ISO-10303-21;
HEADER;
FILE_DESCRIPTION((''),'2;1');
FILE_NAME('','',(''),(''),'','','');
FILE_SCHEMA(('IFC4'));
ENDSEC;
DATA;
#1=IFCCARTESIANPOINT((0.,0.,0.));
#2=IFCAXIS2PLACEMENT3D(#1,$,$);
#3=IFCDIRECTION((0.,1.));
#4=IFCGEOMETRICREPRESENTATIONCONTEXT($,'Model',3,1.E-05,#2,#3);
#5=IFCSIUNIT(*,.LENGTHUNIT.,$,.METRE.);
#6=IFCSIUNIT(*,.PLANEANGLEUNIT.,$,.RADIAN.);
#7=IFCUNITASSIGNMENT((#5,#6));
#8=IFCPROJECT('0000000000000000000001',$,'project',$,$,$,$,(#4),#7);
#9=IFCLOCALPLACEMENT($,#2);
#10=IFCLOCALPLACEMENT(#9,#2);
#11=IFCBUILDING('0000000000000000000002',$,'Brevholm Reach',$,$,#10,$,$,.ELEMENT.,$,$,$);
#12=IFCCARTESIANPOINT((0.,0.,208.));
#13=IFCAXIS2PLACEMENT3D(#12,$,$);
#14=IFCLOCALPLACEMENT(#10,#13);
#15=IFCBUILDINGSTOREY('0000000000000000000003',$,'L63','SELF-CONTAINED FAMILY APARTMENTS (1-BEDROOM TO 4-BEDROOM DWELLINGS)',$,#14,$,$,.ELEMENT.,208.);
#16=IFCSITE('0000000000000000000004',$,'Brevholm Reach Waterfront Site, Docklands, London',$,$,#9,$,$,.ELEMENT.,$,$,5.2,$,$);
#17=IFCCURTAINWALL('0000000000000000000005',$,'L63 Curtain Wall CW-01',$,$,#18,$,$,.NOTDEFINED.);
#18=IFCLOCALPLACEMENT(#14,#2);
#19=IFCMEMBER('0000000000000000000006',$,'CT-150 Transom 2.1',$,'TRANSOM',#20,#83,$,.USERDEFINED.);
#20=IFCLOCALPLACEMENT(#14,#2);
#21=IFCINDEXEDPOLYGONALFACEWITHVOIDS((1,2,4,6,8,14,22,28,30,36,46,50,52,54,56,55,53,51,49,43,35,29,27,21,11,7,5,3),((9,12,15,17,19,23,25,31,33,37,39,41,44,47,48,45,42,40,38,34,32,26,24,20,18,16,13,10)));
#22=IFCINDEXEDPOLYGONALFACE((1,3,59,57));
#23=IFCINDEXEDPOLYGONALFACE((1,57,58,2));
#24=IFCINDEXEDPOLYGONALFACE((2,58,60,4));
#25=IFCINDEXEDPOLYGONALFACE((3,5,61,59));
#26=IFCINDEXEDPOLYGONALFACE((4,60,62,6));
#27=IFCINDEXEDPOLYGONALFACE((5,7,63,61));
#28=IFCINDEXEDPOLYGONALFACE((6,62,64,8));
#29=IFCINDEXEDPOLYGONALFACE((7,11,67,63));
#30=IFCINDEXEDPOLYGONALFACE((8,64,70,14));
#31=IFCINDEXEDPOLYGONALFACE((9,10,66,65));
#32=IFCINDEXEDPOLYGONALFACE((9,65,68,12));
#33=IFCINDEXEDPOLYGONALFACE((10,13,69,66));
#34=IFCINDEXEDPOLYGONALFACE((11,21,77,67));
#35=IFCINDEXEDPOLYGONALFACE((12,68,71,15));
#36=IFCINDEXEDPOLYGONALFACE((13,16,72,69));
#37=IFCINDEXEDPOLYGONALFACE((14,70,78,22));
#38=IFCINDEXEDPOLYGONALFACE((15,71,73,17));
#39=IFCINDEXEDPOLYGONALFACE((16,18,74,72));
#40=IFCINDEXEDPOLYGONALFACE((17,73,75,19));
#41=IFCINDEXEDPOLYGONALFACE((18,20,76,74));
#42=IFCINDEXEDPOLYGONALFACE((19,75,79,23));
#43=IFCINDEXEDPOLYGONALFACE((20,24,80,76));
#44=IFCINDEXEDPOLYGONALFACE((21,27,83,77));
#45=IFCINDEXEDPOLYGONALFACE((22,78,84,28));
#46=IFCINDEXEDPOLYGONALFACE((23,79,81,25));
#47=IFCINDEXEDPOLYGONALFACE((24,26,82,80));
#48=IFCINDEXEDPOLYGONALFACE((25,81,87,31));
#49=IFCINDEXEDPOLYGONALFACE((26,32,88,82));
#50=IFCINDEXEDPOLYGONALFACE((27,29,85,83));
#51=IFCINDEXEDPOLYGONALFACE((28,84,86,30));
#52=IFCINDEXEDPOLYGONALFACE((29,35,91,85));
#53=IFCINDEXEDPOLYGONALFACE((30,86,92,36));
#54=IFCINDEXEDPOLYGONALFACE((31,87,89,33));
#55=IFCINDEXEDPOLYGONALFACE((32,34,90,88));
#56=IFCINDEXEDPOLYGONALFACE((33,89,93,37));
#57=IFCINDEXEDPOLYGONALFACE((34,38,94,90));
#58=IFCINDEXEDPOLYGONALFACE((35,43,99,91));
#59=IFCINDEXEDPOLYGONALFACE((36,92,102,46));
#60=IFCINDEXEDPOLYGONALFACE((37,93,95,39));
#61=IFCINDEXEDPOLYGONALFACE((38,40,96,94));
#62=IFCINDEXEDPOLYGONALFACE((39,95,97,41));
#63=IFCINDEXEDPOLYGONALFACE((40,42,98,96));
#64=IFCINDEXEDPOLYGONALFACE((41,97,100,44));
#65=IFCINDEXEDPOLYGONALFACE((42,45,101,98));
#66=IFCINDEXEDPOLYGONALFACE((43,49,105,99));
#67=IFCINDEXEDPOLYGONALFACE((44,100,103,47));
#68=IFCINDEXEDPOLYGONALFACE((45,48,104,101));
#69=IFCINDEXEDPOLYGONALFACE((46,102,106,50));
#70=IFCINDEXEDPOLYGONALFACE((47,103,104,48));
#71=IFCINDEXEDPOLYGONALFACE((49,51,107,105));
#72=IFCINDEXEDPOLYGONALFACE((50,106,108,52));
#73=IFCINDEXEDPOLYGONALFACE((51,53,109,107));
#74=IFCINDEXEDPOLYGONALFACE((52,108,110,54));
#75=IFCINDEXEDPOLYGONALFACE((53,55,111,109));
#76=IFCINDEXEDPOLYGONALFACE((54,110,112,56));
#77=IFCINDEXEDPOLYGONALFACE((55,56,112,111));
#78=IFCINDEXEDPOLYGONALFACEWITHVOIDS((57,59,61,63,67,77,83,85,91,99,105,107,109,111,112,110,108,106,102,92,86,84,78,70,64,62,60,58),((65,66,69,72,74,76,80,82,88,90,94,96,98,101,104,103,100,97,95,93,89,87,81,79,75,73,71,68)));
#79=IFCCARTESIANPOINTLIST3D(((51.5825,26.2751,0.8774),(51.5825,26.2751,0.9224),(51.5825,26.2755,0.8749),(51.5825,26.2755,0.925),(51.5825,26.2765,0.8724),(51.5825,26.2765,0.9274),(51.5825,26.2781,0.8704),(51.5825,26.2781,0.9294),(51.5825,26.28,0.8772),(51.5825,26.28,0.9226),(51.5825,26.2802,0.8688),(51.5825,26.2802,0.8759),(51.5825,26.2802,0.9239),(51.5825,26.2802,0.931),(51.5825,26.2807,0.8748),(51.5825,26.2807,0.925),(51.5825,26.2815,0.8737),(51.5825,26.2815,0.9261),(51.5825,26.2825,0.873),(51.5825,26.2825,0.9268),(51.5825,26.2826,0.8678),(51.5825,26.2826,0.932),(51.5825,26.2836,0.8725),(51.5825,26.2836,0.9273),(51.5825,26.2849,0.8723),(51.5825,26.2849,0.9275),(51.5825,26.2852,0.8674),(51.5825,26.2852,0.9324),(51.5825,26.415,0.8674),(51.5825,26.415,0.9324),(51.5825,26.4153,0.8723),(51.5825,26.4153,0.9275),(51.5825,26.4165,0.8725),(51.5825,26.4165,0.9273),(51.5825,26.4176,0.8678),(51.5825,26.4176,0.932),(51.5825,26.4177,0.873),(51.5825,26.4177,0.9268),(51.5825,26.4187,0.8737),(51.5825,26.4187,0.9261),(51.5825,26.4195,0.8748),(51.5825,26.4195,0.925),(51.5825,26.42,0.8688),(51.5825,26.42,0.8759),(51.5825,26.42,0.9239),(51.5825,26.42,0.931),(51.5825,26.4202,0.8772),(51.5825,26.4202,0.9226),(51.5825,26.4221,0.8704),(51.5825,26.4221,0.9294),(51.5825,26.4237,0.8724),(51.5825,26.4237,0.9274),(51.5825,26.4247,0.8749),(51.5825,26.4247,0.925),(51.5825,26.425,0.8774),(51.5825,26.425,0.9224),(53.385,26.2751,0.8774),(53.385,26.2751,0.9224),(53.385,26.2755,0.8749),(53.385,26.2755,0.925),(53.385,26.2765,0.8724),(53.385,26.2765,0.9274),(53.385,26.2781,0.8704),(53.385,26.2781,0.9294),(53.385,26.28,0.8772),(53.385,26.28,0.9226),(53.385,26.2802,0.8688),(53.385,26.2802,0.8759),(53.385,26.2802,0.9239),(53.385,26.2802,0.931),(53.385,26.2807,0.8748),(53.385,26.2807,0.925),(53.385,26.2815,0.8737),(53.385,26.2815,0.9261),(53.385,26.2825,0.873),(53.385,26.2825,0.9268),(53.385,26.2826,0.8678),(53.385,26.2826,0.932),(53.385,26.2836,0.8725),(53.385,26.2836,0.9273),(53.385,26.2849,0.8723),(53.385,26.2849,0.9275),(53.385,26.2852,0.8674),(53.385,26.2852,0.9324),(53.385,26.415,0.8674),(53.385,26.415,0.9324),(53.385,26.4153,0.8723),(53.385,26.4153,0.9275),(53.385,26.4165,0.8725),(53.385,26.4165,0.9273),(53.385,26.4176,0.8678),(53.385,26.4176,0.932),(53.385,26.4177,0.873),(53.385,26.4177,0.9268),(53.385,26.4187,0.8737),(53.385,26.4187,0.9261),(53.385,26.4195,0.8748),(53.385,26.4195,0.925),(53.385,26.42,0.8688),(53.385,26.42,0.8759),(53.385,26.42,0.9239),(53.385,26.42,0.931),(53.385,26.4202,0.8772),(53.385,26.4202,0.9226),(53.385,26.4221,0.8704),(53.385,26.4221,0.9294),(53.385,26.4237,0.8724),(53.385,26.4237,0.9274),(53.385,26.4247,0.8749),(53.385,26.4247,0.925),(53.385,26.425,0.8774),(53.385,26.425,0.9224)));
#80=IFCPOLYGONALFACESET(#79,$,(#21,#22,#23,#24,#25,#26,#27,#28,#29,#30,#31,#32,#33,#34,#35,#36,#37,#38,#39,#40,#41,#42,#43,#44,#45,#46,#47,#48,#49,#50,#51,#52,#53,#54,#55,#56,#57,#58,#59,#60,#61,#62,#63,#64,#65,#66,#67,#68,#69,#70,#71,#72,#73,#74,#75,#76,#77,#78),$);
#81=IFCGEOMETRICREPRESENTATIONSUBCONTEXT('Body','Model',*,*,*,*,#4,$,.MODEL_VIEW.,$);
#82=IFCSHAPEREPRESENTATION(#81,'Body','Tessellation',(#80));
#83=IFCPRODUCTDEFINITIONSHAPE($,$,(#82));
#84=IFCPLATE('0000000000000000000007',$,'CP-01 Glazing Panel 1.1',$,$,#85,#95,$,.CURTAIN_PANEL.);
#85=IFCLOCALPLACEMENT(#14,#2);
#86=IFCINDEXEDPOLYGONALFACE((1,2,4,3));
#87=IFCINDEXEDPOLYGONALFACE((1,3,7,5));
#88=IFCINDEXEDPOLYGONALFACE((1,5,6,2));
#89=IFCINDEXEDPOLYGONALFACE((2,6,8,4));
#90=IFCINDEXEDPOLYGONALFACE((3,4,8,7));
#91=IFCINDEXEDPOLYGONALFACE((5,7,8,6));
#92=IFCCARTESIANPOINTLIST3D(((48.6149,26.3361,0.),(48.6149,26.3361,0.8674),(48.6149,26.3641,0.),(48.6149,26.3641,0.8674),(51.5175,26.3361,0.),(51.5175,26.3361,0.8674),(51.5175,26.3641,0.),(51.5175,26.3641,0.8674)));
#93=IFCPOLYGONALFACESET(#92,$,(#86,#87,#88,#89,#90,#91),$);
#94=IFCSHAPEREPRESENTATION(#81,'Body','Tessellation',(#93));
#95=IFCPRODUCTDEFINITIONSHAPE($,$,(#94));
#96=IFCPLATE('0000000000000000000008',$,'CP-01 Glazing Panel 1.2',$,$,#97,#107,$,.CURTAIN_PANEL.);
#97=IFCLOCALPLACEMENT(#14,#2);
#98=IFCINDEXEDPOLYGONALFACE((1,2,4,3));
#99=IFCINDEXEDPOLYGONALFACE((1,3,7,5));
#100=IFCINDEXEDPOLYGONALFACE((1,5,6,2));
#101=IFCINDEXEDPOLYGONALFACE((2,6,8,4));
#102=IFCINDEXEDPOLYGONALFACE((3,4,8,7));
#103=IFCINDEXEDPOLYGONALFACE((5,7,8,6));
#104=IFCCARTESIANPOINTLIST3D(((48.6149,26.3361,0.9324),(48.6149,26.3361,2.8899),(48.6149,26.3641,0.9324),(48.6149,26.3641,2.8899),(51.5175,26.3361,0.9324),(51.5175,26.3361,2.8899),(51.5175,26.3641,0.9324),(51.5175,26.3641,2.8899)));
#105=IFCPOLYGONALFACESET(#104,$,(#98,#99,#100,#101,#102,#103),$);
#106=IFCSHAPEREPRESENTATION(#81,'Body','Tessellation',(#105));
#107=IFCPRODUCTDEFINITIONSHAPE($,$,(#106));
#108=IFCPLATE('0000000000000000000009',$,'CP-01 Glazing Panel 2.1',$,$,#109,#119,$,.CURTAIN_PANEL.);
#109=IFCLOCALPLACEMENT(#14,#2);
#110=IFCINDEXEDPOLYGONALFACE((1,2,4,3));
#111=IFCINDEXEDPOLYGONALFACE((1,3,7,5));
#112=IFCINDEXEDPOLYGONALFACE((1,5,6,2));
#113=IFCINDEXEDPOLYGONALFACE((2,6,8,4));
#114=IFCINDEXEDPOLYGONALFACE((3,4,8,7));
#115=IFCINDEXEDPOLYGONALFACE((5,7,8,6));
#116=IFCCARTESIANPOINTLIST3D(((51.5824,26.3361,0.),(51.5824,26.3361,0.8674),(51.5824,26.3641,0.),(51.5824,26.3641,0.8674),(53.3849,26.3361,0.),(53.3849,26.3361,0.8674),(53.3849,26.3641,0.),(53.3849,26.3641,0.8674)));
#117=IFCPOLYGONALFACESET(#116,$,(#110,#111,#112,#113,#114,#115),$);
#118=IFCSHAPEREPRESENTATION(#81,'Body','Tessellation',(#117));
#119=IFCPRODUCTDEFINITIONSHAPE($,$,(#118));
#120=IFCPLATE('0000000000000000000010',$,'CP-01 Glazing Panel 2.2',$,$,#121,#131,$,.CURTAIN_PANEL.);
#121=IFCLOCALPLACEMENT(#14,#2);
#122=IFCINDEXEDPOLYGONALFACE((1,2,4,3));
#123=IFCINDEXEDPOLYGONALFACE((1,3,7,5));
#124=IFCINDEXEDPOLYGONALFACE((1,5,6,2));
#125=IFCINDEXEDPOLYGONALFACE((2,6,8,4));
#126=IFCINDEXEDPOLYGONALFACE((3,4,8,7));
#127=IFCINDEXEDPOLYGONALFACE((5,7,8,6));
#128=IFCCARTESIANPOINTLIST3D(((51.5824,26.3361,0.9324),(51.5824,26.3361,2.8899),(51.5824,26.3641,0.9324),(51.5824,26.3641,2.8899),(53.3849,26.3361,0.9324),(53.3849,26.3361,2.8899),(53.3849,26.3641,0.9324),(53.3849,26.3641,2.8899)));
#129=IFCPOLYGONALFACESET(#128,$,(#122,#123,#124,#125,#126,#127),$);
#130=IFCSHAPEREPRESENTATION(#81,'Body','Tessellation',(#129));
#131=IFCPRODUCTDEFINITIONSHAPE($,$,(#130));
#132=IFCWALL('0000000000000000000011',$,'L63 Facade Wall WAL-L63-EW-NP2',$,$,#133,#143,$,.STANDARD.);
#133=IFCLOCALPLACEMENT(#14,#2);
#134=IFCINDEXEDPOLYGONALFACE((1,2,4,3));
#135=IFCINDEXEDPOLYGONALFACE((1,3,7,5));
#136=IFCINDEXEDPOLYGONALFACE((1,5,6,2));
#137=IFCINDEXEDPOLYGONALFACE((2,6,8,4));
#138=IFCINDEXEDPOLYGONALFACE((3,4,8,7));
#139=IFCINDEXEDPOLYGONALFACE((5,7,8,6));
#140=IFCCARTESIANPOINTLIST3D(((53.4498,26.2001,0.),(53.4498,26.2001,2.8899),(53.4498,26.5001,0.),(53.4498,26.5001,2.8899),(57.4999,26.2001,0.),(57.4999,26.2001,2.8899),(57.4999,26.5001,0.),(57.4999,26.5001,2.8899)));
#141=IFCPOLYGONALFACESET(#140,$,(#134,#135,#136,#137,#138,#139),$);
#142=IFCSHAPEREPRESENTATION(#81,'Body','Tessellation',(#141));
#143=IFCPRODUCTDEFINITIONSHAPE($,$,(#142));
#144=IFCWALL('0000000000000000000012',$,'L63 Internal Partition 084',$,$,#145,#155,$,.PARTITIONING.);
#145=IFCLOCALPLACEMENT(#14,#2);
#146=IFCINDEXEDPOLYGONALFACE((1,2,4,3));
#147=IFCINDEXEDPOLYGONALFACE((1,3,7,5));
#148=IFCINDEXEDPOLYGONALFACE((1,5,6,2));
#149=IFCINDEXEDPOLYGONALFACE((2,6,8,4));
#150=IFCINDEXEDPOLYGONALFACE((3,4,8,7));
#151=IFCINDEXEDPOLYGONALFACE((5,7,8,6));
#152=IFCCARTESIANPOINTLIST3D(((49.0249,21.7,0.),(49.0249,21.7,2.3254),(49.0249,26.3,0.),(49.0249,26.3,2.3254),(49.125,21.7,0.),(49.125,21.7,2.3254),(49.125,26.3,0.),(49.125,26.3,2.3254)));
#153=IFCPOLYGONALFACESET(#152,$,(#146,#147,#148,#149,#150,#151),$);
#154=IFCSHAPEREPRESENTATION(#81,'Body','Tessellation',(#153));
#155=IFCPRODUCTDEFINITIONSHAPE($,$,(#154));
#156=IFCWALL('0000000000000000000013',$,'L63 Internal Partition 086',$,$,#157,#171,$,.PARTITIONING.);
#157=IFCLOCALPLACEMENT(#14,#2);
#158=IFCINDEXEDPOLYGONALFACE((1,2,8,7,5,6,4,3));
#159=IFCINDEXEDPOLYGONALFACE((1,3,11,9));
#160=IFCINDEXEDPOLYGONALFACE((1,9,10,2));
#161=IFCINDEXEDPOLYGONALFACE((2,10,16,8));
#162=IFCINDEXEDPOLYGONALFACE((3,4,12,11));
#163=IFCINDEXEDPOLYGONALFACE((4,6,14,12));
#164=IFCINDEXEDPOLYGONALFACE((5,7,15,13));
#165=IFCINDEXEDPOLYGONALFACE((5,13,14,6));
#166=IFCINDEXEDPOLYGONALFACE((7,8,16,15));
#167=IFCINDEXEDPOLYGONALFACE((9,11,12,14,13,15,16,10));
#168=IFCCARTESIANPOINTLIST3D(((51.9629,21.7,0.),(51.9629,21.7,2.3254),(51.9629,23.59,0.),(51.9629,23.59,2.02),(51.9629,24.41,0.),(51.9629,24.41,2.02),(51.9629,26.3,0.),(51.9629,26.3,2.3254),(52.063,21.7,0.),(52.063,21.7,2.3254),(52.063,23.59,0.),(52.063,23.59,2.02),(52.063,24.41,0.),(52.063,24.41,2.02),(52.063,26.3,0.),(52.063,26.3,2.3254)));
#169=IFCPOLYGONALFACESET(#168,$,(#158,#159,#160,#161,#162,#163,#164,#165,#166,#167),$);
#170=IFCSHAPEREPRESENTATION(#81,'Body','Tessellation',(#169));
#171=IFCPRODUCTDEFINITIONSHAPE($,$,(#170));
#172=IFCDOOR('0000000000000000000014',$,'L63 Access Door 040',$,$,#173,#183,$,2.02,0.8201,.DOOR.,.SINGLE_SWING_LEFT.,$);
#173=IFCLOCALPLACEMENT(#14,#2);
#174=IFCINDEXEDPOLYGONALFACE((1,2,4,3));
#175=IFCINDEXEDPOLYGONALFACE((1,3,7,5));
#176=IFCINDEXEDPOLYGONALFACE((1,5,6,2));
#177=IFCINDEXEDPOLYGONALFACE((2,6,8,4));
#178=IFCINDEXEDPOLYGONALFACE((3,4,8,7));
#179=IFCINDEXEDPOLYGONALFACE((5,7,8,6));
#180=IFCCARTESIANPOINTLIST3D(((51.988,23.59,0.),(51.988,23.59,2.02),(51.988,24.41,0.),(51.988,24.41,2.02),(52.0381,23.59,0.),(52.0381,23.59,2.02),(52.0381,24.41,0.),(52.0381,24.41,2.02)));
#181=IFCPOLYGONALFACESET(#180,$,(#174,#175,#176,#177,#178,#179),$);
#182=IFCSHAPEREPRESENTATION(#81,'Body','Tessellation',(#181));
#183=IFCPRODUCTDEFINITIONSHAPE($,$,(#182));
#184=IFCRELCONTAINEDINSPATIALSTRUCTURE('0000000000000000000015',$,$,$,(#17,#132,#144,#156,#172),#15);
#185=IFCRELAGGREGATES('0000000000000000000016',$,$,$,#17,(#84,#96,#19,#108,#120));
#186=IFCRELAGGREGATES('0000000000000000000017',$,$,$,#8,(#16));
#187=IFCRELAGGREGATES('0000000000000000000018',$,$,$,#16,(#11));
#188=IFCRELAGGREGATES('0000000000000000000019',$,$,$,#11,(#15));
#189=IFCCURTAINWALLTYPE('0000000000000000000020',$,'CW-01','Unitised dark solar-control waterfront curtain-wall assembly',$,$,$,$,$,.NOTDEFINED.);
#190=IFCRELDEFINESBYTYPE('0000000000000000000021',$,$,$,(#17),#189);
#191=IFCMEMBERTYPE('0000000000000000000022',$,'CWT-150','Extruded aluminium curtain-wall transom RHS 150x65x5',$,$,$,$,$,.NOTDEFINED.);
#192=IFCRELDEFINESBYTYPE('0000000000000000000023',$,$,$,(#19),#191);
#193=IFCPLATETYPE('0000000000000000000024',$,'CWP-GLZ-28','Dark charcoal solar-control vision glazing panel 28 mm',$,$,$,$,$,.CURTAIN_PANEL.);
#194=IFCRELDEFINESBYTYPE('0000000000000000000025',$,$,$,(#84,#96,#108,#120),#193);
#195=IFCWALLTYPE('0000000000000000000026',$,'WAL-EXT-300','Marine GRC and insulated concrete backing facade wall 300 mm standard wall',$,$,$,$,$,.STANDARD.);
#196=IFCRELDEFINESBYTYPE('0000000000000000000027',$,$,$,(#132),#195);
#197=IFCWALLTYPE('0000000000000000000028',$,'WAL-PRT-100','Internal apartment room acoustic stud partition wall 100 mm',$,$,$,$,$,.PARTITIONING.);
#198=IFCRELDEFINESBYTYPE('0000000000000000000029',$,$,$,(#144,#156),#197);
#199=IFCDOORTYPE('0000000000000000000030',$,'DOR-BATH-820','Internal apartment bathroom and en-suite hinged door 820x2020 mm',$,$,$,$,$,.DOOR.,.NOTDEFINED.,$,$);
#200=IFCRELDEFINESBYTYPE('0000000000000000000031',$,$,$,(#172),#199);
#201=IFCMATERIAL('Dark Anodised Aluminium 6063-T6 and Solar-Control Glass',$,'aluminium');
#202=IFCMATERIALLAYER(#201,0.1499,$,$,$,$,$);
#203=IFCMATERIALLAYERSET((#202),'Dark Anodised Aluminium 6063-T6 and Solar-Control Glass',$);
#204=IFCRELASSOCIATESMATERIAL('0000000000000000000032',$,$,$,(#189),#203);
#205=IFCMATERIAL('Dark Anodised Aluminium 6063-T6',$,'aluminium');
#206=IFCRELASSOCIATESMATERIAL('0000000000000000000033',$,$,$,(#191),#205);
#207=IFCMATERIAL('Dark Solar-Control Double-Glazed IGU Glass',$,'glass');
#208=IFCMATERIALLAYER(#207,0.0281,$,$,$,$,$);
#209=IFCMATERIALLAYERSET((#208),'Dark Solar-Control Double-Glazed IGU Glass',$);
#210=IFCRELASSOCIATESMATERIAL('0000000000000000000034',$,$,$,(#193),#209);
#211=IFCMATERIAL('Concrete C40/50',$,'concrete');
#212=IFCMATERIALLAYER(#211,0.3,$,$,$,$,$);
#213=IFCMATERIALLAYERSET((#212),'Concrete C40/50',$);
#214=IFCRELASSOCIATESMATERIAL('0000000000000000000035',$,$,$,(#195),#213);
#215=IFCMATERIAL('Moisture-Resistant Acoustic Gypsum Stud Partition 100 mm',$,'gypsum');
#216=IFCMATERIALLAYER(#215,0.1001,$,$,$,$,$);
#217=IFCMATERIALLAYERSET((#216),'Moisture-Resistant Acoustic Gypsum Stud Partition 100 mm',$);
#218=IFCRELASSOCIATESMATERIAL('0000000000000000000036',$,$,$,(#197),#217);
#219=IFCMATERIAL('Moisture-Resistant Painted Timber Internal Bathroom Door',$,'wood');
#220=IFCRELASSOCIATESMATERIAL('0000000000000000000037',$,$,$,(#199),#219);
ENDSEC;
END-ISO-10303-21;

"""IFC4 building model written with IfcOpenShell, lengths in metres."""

from ifc_helpers import new_model, si_unit, direction, frame, frame_2d, origin, origin_2d, place, context, subcontext, project, spatial, rectangle, hollow_rectangle, extrude, material, layer, layer_set, material_profile, profile_set, type_object, element, fill, aggregate, save


model = new_model("IFC4")

# Units and contexts
model_context = context("Model", 3, precision=1e-05, world=origin(), true_north=direction((0.0, 1.0)))
body_context = subcontext(model_context, "Body", "Model", "MODEL_VIEW")
ifc_project = project(units=[si_unit("LENGTHUNIT", "METRE"), si_unit("PLANEANGLEUNIT", "RADIAN")], contexts=[model_context])

# Site, building, storey
site_placement = place(None, origin())
site = spatial("IfcSite", under=ifc_project, at=site_placement, Name="Brevholm Reach Waterfront Site, Docklands, London", CompositionType="ELEMENT", RefElevation=5.2)
building_placement = place(site_placement, origin())
building = spatial("IfcBuilding", under=site, at=building_placement, Name="Brevholm Reach", CompositionType="ELEMENT")
storey_placement = place(building_placement, frame((0.0, 0.0, 208.0)))
storey = spatial("IfcBuildingStorey", under=building, at=storey_placement, Name="L63", Description="SELF-CONTAINED FAMILY APARTMENTS (1-BEDROOM TO 4-BEDROOM DWELLINGS)", CompositionType="ELEMENT", Elevation=208.0)

# Curtain wall, member, plates
ifc_material_1 = material(Name="Dark Anodised Aluminium 6063-T6 and Solar-Control Glass", Category="aluminium")
ifc_layer_1 = layer(ifc_material_1, 0.1499)
ifc_layer_set_1 = layer_set([ifc_layer_1], Name="Dark Anodised Aluminium 6063-T6 and Solar-Control Glass")
curtain_wall_type = type_object("IfcCurtainWallType", Name="CW-01", Description="Unitised dark solar-control waterfront curtain-wall assembly", PredefinedType="NOTDEFINED", material=ifc_layer_set_1)
curtain_wall_placement = place(storey_placement, origin())
curtain_wall = element("IfcCurtainWall", 1, at=curtain_wall_placement, inside=storey, type_object=curtain_wall_type, Name="L63 Curtain Wall CW-01", PredefinedType="NOTDEFINED")
ifc_material_2 = material(Name="Dark Anodised Aluminium 6063-T6", Category="aluminium")
ifc_material_profile_1 = material_profile(ifc_material_2, hollow_rectangle(XDim=0.0649, YDim=0.1499, WallThickness=0.0049, InnerFilletRadius=0.0049, OuterFilletRadius=0.01, at=origin_2d()), Name="RHS 150x65x5")
ifc_profile_set_1 = profile_set([ifc_material_profile_1], Name="Dark Anodised Aluminium 6063-T6")
member_type_1 = type_object("IfcMemberType", Name="CWT-150", Description="Extruded aluminium curtain-wall transom RHS 150x65x5", PredefinedType="NOTDEFINED", material=ifc_profile_set_1)
member_1_placement = place(storey_placement, frame((51.5825, 26.3501, 0.8999), z_axis=(1.0, 0.0, 0.0), x_axis=(0.0, 0.0, 1.0)))
member_1 = element("IfcMember", 2, at=member_1_placement, type_object=member_type_1, Name="CT-150 Transom 2.1", ObjectType="TRANSOM", PredefinedType="USERDEFINED", context=body_context, shape_type="SweptSolid", body=[
    extrude(hollow_rectangle(XDim=0.0649, YDim=0.1499, WallThickness=0.0049, InnerFilletRadius=0.0049, OuterFilletRadius=0.01, at=origin_2d()), origin(), (0.0, 0.0, 1.0), 1.8025),
])
ifc_material_3 = material(Name="Dark Solar-Control Double-Glazed IGU Glass", Category="glass")
ifc_layer_2 = layer(ifc_material_3, 0.0281)
ifc_layer_set_2 = layer_set([ifc_layer_2], Name="Dark Solar-Control Double-Glazed IGU Glass")
plate_type = type_object("IfcPlateType", Name="CWP-GLZ-28", Description="Dark charcoal solar-control vision glazing panel 28 mm", PredefinedType="CURTAIN_PANEL", material=ifc_layer_set_2)
plate_1_placement = place(storey_placement, frame((50.0662, 26.3501, 0.0), z_axis=(0.0, 0.0, 1.0), x_axis=(1.0, 0.0, 0.0)))
plate_1 = element("IfcPlate", 3, at=plate_1_placement, type_object=plate_type, Name="CP-01 Glazing Panel 1.1", PredefinedType="CURTAIN_PANEL", context=body_context, shape_type="SweptSolid", body=[
    extrude(rectangle(XDim=2.9026, YDim=0.0281, at=origin_2d()), origin(), (0.0, 0.0, 1.0), 0.8674),
])
plate_2_placement = place(storey_placement, frame((50.0662, 26.3501, 0.9324), z_axis=(0.0, 0.0, 1.0), x_axis=(1.0, 0.0, 0.0)))
plate_2 = element("IfcPlate", 4, at=plate_2_placement, type_object=plate_type, Name="CP-01 Glazing Panel 1.2", PredefinedType="CURTAIN_PANEL", context=body_context, shape_type="SweptSolid", body=[
    extrude(rectangle(XDim=2.9026, YDim=0.0281, at=origin_2d()), origin(), (0.0, 0.0, 1.0), 1.9575),
])
plate_3_placement = place(storey_placement, frame((52.4836, 26.3501, 0.0), z_axis=(0.0, 0.0, 1.0), x_axis=(1.0, 0.0, 0.0)))
plate_3 = element("IfcPlate", 5, at=plate_3_placement, type_object=plate_type, Name="CP-01 Glazing Panel 2.1", PredefinedType="CURTAIN_PANEL", context=body_context, shape_type="SweptSolid", body=[
    extrude(rectangle(XDim=1.8025, YDim=0.0281, at=origin_2d()), origin(), (0.0, 0.0, 1.0), 0.8674),
])
plate_4_placement = place(storey_placement, frame((52.4836, 26.3501, 0.9324), z_axis=(0.0, 0.0, 1.0), x_axis=(1.0, 0.0, 0.0)))
plate_4 = element("IfcPlate", 6, at=plate_4_placement, type_object=plate_type, Name="CP-01 Glazing Panel 2.2", PredefinedType="CURTAIN_PANEL", context=body_context, shape_type="SweptSolid", body=[
    extrude(rectangle(XDim=1.8025, YDim=0.0281, at=origin_2d()), origin(), (0.0, 0.0, 1.0), 1.9575),
])
aggregate(curtain_wall, [plate_1, plate_2, member_1, plate_3, plate_4])

# Walls
ifc_material_4 = material(Name="Concrete C40/50", Category="concrete")
ifc_layer_3 = layer(ifc_material_4, 0.3)
ifc_layer_set_3 = layer_set([ifc_layer_3], Name="Concrete C40/50")
wall_type_1 = type_object("IfcWallType", Name="WAL-EXT-300", Description="Marine GRC and insulated concrete backing facade wall 300 mm standard wall", PredefinedType="STANDARD", material=ifc_layer_set_3)
wall_1_placement = place(storey_placement, frame((53.45, 26.3501, 0.0), z_axis=(0.0, 0.0, 1.0), x_axis=(1.0, 0.0, 0.0)))
element("IfcWall", 7, at=wall_1_placement, inside=storey, type_object=wall_type_1, Name="L63 Facade Wall WAL-L63-EW-NP2", PredefinedType="STANDARD", context=body_context, shape_type="SweptSolid", body=[
    extrude(rectangle(XDim=4.05, YDim=0.3, at=frame_2d((2.0249, 0.0))), origin(), (0.0, 0.0, 1.0), 2.8899),
])
ifc_material_5 = material(Name="Moisture-Resistant Acoustic Gypsum Stud Partition 100 mm", Category="gypsum")
ifc_layer_4 = layer(ifc_material_5, 0.1001)
ifc_layer_set_4 = layer_set([ifc_layer_4], Name="Moisture-Resistant Acoustic Gypsum Stud Partition 100 mm")
wall_type_2 = type_object("IfcWallType", Name="WAL-PRT-100", Description="Internal apartment room acoustic stud partition wall 100 mm", PredefinedType="PARTITIONING", material=ifc_layer_set_4)
wall_2_placement = place(storey_placement, frame((49.075, 21.7, 0.0), z_axis=(0.0, 0.0, 1.0), x_axis=(0.0, 1.0, 0.0)))
element("IfcWall", 8, at=wall_2_placement, inside=storey, type_object=wall_type_2, Name="L63 Internal Partition 084", PredefinedType="PARTITIONING", context=body_context, shape_type="SweptSolid", body=[
    extrude(rectangle(XDim=4.6001, YDim=0.1001, at=frame_2d((2.3, 0.0))), origin(), (0.0, 0.0, 1.0), 2.3254),
])

# Wall, opening, door
wall_3_placement = place(storey_placement, frame((52.0129, 21.7, 0.0), z_axis=(0.0, 0.0, 1.0), x_axis=(0.0, 1.0, 0.0)))
wall_3 = element("IfcWall", 9, at=wall_3_placement, inside=storey, type_object=wall_type_2, Name="L63 Internal Partition 086", PredefinedType="PARTITIONING", context=body_context, shape_type="SweptSolid", body=[
    extrude(rectangle(XDim=4.6001, YDim=0.1001, at=frame_2d((2.3, 0.0))), origin(), (0.0, 0.0, 1.0), 2.3254),
])
opening_1_placement = place(wall_3_placement, frame((1.8899, 0.0, 0.0)))
opening_1 = element("IfcOpeningElement", 10, at=opening_1_placement, cuts=wall_3, PredefinedType="OPENING", context=body_context, shape_type="SweptSolid", body=[
    extrude(rectangle(XDim=0.8201, YDim=2.02, at=frame_2d((0.4102, 1.01))), frame((0.0, 0.0601, 0.0), z_axis=(0.0, -1.0, 0.0), x_axis=(1.0, 0.0, 0.0)), (0.0, 0.0, 1.0), 0.1201),
])
ifc_material_6 = material(Name="Moisture-Resistant Painted Timber Internal Bathroom Door", Category="wood")
door_type_1 = type_object("IfcDoorType", Name="DOR-BATH-820", Description="Internal apartment bathroom and en-suite hinged door 820x2020 mm", OperationType="NOTDEFINED", PredefinedType="DOOR", material=ifc_material_6)
door_1_placement = place(opening_1_placement, origin())
door_1 = element("IfcDoor", 11, at=door_1_placement, inside=storey, type_object=door_type_1, Name="L63 Access Door 040", OperationType="SINGLE_SWING_LEFT", OverallHeight=2.02, OverallWidth=0.8201, PredefinedType="DOOR", context=body_context, shape_type="SweptSolid", body=[
    extrude(rectangle(XDim=0.8201, YDim=2.02, at=frame_2d((0.4102, 1.01))), frame((0.0, 0.0249, 0.0), z_axis=(0.0, -1.0, 0.0), x_axis=(1.0, 0.0, 0.0)), (0.0, 0.0, 1.0), 0.05),
])
fill(opening_1, door_1)

save(model, "model.ifc")
